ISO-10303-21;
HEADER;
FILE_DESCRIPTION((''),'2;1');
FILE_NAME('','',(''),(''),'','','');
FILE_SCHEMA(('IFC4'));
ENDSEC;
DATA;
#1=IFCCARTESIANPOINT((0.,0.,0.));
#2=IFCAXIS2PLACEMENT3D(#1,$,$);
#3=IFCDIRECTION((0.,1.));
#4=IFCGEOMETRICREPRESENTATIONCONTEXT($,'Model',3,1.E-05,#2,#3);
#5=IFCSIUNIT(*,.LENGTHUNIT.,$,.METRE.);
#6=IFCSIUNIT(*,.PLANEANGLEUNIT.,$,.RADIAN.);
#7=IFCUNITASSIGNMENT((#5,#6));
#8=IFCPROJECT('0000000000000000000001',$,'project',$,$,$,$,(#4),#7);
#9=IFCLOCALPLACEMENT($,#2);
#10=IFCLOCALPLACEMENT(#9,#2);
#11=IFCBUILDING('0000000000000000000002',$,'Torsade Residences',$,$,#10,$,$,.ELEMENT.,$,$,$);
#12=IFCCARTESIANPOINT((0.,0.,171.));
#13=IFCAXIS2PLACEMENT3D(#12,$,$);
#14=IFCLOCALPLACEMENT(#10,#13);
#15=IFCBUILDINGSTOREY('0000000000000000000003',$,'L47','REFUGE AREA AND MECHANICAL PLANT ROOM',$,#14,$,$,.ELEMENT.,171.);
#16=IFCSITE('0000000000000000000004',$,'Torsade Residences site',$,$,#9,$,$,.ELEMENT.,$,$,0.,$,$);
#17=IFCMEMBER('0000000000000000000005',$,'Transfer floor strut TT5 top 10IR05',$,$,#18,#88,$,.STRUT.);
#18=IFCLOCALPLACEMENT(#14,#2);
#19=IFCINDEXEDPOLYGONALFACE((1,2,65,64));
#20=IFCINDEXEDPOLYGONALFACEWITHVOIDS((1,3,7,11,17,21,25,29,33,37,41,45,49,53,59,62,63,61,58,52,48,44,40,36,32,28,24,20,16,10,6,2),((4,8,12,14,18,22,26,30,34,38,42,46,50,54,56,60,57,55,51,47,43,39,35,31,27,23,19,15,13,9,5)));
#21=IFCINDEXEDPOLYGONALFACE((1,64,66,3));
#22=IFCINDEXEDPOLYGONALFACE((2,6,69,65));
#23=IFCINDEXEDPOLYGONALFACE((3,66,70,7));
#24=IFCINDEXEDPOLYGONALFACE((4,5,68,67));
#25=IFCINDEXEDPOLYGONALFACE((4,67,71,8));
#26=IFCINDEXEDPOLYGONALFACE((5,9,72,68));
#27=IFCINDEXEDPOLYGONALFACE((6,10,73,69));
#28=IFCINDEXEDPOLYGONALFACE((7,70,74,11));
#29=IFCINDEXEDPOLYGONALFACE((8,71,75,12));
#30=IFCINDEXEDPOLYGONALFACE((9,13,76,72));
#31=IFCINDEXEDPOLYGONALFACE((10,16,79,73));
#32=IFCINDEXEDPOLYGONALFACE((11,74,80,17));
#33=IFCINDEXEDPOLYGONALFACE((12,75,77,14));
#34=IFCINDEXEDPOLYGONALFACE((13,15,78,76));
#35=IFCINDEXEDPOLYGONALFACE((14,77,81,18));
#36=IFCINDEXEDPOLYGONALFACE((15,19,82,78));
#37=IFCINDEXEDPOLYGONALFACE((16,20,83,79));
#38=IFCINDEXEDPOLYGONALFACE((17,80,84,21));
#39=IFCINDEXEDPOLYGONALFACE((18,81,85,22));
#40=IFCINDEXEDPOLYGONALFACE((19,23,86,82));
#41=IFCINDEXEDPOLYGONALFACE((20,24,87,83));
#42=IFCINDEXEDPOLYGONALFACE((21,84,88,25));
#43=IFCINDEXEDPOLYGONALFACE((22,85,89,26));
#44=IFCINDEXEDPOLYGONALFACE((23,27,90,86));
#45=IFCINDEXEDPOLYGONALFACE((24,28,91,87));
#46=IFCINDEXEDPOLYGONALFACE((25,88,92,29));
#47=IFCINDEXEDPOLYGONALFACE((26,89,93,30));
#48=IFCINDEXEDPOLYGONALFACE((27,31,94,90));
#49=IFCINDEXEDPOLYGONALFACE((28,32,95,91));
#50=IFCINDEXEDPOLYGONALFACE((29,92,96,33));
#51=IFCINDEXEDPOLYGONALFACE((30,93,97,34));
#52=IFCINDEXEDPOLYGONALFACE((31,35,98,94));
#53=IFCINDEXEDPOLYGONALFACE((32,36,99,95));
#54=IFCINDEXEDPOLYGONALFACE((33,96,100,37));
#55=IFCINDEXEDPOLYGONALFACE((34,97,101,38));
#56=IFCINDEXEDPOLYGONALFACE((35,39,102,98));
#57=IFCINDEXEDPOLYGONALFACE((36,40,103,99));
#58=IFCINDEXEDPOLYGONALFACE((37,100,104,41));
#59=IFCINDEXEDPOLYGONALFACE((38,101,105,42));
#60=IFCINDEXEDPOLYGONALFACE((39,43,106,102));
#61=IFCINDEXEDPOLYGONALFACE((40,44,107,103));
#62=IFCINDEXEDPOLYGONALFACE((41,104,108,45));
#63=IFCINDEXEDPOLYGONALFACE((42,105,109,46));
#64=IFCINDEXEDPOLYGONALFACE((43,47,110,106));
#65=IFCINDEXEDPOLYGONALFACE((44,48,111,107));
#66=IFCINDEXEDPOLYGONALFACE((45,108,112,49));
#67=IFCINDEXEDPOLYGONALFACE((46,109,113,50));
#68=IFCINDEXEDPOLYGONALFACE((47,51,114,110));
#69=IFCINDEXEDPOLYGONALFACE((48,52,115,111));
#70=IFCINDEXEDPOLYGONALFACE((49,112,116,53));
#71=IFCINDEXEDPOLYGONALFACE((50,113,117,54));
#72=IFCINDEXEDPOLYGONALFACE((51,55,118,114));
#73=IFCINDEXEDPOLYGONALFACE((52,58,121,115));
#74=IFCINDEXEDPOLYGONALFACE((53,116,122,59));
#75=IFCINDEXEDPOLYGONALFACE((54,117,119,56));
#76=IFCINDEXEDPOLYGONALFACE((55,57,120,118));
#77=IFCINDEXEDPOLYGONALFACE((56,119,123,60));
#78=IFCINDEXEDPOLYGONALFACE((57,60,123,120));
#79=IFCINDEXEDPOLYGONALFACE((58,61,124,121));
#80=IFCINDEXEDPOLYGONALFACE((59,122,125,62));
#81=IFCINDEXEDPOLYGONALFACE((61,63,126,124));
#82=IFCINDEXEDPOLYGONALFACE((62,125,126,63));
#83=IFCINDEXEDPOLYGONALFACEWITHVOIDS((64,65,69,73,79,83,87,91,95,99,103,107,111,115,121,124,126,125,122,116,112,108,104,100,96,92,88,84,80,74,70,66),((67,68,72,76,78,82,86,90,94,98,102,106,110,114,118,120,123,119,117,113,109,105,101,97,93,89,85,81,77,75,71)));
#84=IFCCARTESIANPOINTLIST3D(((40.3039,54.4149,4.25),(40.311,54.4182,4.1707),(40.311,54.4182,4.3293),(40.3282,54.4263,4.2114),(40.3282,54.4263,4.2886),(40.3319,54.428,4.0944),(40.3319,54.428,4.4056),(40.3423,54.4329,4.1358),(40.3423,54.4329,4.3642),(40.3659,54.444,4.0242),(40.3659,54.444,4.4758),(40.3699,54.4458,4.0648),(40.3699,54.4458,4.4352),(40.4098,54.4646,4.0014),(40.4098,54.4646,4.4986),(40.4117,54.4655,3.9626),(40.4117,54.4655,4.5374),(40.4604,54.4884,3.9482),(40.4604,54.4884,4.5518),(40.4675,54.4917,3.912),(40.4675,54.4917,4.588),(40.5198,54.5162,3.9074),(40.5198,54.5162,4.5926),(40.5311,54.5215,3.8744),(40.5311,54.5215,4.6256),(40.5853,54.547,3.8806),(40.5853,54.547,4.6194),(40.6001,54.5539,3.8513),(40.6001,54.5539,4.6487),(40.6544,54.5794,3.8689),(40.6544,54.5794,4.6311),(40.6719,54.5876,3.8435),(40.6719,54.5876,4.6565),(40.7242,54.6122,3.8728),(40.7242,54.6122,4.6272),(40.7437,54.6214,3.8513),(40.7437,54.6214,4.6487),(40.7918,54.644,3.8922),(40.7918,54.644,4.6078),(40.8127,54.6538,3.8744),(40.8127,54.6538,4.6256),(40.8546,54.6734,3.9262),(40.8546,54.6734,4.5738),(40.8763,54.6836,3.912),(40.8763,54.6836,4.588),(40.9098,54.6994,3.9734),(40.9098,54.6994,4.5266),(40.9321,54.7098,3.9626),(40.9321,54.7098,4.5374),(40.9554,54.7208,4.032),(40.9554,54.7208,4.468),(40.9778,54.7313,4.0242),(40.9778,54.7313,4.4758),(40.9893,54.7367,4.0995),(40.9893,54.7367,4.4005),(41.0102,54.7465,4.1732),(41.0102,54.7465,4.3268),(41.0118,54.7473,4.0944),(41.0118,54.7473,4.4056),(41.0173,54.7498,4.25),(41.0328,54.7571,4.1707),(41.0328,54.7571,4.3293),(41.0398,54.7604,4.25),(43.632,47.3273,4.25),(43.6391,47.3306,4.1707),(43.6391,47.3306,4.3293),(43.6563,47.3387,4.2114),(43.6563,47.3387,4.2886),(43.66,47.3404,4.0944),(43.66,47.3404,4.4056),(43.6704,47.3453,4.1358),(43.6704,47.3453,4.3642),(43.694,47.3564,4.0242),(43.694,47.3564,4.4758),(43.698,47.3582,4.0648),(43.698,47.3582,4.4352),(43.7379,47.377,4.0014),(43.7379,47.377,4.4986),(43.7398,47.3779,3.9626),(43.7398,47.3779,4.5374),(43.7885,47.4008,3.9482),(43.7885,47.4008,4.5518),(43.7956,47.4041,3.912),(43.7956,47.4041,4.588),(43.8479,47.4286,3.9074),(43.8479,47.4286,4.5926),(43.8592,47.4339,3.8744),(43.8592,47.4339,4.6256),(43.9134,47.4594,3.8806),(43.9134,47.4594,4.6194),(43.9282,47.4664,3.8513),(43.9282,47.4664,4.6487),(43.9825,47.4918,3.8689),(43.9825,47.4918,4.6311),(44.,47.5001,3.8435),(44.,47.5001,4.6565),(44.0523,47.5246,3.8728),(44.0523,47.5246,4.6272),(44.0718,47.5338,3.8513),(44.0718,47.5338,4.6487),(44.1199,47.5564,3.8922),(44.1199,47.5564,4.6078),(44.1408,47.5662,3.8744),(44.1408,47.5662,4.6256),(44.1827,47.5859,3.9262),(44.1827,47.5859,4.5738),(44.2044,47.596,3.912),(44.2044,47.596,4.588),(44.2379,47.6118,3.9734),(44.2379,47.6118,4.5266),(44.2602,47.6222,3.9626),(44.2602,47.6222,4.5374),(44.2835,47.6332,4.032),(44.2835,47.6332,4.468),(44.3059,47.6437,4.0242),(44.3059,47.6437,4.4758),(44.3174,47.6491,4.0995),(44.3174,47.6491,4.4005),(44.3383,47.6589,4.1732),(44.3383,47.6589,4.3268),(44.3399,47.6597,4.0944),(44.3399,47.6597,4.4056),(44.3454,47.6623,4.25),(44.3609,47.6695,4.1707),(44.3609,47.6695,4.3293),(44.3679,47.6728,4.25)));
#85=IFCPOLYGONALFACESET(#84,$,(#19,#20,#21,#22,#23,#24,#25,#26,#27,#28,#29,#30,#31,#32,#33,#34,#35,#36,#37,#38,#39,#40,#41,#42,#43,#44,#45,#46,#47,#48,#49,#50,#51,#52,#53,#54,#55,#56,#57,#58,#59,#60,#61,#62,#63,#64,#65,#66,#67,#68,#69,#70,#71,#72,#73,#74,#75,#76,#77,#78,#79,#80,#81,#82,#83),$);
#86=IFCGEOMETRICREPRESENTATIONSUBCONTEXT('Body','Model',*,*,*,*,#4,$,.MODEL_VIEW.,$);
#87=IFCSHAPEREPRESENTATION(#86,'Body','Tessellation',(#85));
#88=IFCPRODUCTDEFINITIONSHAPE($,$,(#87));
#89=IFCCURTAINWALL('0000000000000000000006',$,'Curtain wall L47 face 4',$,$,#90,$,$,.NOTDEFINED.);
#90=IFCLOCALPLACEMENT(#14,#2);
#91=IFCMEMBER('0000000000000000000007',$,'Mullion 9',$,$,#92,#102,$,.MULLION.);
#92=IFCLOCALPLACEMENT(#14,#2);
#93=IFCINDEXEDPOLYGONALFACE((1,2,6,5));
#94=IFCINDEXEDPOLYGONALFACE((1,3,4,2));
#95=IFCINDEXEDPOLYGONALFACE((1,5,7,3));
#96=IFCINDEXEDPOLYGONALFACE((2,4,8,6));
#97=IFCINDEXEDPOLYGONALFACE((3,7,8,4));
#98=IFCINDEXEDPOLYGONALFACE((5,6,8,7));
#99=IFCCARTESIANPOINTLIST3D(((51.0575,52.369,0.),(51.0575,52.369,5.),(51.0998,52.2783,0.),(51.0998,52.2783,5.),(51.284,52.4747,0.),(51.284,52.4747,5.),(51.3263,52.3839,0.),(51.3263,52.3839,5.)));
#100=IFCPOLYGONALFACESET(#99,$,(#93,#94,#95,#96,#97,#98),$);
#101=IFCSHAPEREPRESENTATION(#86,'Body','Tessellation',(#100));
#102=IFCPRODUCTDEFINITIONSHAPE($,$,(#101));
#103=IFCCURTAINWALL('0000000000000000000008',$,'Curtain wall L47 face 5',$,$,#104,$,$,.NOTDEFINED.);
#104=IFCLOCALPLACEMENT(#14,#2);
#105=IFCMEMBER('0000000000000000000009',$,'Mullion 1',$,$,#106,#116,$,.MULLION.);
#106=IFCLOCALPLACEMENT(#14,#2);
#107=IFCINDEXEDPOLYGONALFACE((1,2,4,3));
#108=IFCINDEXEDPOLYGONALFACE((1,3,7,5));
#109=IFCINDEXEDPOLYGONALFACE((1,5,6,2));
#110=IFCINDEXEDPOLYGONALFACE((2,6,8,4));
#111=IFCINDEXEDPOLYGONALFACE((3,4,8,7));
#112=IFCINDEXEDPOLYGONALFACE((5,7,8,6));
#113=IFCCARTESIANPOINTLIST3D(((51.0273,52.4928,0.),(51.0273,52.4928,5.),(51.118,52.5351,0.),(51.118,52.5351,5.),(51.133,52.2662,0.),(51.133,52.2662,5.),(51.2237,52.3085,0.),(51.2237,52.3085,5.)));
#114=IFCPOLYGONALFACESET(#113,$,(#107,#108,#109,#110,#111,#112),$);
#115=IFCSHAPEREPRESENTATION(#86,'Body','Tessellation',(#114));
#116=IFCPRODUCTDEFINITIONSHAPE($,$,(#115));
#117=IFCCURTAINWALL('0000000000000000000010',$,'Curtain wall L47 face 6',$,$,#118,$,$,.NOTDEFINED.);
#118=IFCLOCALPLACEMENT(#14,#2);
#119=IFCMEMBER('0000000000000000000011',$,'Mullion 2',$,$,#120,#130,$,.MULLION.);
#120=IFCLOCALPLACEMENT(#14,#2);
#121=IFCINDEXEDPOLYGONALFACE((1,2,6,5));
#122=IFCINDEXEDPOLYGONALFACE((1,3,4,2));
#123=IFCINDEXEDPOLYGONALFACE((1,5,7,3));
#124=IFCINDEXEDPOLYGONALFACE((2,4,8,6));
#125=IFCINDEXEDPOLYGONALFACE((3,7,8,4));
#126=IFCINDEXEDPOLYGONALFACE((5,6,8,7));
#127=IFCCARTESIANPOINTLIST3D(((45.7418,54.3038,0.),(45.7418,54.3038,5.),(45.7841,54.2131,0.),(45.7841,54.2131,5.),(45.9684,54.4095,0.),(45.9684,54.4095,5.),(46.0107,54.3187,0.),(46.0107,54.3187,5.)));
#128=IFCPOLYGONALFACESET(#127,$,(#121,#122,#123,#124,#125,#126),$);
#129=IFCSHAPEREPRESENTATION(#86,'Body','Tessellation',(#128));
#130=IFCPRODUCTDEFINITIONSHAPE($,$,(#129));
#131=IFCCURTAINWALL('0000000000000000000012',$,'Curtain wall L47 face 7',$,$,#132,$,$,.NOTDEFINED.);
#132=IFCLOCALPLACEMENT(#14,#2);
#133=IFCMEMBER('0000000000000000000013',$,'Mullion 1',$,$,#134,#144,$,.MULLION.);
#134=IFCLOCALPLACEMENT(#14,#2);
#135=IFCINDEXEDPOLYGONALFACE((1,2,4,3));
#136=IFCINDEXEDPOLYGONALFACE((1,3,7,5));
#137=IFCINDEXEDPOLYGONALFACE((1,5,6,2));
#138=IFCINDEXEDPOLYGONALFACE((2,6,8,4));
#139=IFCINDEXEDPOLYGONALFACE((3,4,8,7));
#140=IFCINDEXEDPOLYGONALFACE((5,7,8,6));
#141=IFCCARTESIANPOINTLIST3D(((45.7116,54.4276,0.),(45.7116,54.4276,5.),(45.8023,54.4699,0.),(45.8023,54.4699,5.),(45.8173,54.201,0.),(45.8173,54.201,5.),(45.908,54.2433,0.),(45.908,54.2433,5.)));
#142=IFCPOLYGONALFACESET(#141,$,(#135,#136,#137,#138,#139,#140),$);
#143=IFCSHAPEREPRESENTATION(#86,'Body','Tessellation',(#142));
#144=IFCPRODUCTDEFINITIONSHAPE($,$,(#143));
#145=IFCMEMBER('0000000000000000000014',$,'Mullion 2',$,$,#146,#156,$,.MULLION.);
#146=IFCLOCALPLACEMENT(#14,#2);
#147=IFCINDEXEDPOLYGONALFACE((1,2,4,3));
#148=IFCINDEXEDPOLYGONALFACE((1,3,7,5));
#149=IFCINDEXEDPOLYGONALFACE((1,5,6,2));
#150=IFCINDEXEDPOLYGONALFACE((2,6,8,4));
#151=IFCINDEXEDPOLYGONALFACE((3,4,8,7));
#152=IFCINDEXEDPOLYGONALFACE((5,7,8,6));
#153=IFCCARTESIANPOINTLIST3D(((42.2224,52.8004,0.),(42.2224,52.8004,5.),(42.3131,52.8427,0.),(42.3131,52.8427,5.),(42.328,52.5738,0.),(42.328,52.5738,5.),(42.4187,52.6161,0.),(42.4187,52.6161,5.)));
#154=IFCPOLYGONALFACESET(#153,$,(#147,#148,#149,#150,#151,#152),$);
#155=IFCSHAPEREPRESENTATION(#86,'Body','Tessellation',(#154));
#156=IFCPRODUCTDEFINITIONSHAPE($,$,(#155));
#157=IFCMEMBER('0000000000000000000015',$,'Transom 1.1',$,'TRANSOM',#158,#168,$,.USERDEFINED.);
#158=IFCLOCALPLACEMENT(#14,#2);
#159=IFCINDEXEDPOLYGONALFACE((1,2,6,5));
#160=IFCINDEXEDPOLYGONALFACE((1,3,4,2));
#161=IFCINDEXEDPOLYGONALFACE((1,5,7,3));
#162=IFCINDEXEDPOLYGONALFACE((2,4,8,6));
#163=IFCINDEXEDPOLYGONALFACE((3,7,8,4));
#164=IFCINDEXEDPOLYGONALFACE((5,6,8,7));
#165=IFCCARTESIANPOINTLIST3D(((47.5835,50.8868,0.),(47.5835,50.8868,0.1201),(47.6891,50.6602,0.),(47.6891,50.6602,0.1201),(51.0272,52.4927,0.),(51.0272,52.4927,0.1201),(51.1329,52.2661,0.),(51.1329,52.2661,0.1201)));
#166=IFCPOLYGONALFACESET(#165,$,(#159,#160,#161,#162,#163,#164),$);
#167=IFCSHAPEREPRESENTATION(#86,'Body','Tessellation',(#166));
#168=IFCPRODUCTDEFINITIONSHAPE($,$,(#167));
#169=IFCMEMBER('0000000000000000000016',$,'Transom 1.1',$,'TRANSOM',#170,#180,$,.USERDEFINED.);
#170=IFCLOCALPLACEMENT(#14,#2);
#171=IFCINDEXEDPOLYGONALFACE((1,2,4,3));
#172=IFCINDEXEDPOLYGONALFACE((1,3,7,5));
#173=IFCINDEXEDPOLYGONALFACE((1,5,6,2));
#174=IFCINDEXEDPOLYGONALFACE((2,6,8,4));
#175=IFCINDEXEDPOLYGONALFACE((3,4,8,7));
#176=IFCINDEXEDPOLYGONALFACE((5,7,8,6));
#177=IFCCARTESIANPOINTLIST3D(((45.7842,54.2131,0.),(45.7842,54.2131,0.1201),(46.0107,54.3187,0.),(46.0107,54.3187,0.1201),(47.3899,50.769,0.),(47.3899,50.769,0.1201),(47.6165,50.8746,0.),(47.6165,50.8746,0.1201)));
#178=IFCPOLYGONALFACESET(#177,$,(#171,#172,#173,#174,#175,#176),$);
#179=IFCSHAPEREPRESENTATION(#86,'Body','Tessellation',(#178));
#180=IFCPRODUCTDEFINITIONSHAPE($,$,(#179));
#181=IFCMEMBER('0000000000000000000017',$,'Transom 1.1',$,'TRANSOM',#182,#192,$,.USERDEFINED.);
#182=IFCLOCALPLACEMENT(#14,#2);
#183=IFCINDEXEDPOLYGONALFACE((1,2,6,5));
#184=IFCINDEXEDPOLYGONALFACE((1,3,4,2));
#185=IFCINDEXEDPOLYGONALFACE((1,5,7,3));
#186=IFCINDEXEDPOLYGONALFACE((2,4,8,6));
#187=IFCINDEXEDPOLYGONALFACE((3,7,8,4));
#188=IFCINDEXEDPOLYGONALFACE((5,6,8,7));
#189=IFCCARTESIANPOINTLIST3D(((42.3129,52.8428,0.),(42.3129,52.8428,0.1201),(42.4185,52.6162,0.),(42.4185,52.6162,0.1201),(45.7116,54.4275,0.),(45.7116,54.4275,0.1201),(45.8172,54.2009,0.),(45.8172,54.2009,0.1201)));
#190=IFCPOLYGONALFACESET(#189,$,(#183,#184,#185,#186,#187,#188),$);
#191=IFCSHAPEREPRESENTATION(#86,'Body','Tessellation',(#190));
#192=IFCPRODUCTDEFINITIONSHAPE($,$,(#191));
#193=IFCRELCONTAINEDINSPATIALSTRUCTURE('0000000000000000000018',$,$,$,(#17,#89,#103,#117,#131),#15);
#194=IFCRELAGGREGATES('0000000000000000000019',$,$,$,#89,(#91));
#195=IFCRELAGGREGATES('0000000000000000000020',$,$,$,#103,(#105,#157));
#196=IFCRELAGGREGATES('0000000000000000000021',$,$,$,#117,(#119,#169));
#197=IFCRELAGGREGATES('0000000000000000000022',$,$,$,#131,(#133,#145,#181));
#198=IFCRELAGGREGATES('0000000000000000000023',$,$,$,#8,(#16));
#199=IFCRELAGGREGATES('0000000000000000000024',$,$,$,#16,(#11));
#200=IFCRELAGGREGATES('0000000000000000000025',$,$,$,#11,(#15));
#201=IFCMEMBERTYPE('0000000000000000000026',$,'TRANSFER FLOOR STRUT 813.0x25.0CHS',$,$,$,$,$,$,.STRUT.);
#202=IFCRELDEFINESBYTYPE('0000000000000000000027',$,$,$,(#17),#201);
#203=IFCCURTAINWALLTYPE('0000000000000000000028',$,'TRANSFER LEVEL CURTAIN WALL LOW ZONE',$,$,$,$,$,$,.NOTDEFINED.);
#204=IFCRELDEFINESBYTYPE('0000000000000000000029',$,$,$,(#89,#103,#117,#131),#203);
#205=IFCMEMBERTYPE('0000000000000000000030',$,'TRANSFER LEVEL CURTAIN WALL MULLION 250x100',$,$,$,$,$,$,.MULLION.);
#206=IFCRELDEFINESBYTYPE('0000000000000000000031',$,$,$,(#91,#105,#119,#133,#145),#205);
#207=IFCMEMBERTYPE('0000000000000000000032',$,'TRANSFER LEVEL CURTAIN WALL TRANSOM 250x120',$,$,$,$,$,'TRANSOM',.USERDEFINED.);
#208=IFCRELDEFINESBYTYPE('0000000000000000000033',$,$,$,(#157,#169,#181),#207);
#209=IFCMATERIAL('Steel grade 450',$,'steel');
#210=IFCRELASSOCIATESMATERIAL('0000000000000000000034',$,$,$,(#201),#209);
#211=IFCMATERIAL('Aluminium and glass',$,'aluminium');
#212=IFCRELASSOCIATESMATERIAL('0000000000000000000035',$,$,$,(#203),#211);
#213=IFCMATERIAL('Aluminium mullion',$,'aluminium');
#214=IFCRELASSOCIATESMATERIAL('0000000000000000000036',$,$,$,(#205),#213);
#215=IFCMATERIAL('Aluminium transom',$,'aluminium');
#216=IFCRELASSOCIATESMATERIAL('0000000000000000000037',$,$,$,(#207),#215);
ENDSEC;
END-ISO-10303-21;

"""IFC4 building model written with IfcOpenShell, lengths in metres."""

from ifc_helpers import new_model, si_unit, direction, frame, origin, origin_2d, place, context, subcontext, project, spatial, rectangle, hollow_circle, extrude, material, material_profile, profile_set, type_object, element, aggregate, save


model = new_model("IFC4")

# Units and contexts
model_context = context("Model", 3, precision=1e-05, world=origin(), true_north=direction((0.0, 1.0)))
body_context = subcontext(model_context, "Body", "Model", "MODEL_VIEW")
ifc_project = project(units=[si_unit("LENGTHUNIT", "METRE"), si_unit("PLANEANGLEUNIT", "RADIAN")], contexts=[model_context])

# Site, building, storey
site_placement = place(None, origin())
site = spatial("IfcSite", under=ifc_project, at=site_placement, Name="Torsade Residences site", CompositionType="ELEMENT", RefElevation=0.0)
building_placement = place(site_placement, origin())
building = spatial("IfcBuilding", under=site, at=building_placement, Name="Torsade Residences", CompositionType="ELEMENT")
storey_placement = place(building_placement, frame((0.0, 0.0, 171.0)))
storey = spatial("IfcBuildingStorey", under=building, at=storey_placement, Name="L47", Description="REFUGE AREA AND MECHANICAL PLANT ROOM", CompositionType="ELEMENT", Elevation=171.0)

# Member
ifc_material_1 = material(Name="Steel grade 450", Category="steel")
ifc_material_profile_1 = material_profile(ifc_material_1, hollow_circle(Radius=0.4065, WallThickness=0.0249, at=origin_2d()), Name="813.0x25.0CHS")
ifc_profile_set_1 = profile_set([ifc_material_profile_1], Name="Steel grade 450")
member_type_1 = type_object("IfcMemberType", Name="TRANSFER FLOOR STRUT 813.0x25.0CHS", PredefinedType="STRUT", material=ifc_profile_set_1)
member_1_placement = place(storey_placement, frame((40.6719, 54.5876, 4.25), z_axis=(0.42504, -0.905175, 0.0), x_axis=(0.905175, 0.42504, 0.0)))
element("IfcMember", 1, at=member_1_placement, inside=storey, type_object=member_type_1, Name="Transfer floor strut TT5 top 10IR05", PredefinedType="STRUT", context=body_context, shape_type="SweptSolid", body=[
    extrude(hollow_circle(Radius=0.4065, WallThickness=0.0249, at=origin_2d()), origin(), (0.0, 0.0, 1.0), 7.8301),
])

# Curtain walls, members
ifc_material_2 = material(Name="Aluminium and glass", Category="aluminium")
curtain_wall_type = type_object("IfcCurtainWallType", Name="TRANSFER LEVEL CURTAIN WALL LOW ZONE", PredefinedType="NOTDEFINED", material=ifc_material_2)
curtain_wall_1_placement = place(storey_placement, origin())
curtain_wall_1 = element("IfcCurtainWall", 2, at=curtain_wall_1_placement, inside=storey, type_object=curtain_wall_type, Name="Curtain wall L47 face 4", PredefinedType="NOTDEFINED")
ifc_material_3 = material(Name="Aluminium mullion", Category="aluminium")
ifc_material_profile_2 = material_profile(ifc_material_3, rectangle(XDim=0.25, YDim=0.1001, at=origin_2d()), Name="TRANSFER LEVEL CURTAIN WALL MULLION 250x100")
ifc_profile_set_2 = profile_set([ifc_material_profile_2], Name="Aluminium mullion")
member_type_2 = type_object("IfcMemberType", Name="TRANSFER LEVEL CURTAIN WALL MULLION 250x100", PredefinedType="MULLION", material=ifc_profile_set_2)
member_2_placement = place(storey_placement, frame((51.1919, 52.3765, 0.0), z_axis=(0.0, 0.0, 1.0), x_axis=(-0.906308, -0.422618, 0.0)))
member_2 = element("IfcMember", 3, at=member_2_placement, type_object=member_type_2, Name="Mullion 9", PredefinedType="MULLION", context=body_context, shape_type="SweptSolid", body=[
    extrude(rectangle(XDim=0.25, YDim=0.1001, at=origin_2d()), origin(), (0.0, 0.0, 1.0), 5.0),
])
aggregate(curtain_wall_1, [member_2])
curtain_wall_2_placement = place(storey_placement, origin())
curtain_wall_2 = element("IfcCurtainWall", 4, at=curtain_wall_2_placement, inside=storey, type_object=curtain_wall_type, Name="Curtain wall L47 face 5", PredefinedType="NOTDEFINED")
member_3_placement = place(storey_placement, frame((51.1255, 52.4006, 0.0), z_axis=(0.0, 0.0, 1.0), x_axis=(0.422618, -0.906308, 0.0)))
member_3 = element("IfcMember", 5, at=member_3_placement, type_object=member_type_2, Name="Mullion 1", PredefinedType="MULLION", context=body_context, shape_type="SweptSolid", body=[
    extrude(rectangle(XDim=0.25, YDim=0.1001, at=origin_2d()), origin(), (0.0, 0.0, 1.0), 5.0),
])
curtain_wall_3_placement = place(storey_placement, origin())
curtain_wall_3 = element("IfcCurtainWall", 6, at=curtain_wall_3_placement, inside=storey, type_object=curtain_wall_type, Name="Curtain wall L47 face 6", PredefinedType="NOTDEFINED")
member_4_placement = place(storey_placement, frame((45.8762, 54.3113, 0.0), z_axis=(0.0, 0.0, 1.0), x_axis=(-0.906308, -0.422618, 0.0)))
member_4 = element("IfcMember", 7, at=member_4_placement, type_object=member_type_2, Name="Mullion 2", PredefinedType="MULLION", context=body_context, shape_type="SweptSolid", body=[
    extrude(rectangle(XDim=0.25, YDim=0.1001, at=origin_2d()), origin(), (0.0, 0.0, 1.0), 5.0),
])

# Curtain wall, members
curtain_wall_4_placement = place(storey_placement, origin())
curtain_wall_4 = element("IfcCurtainWall", 8, at=curtain_wall_4_placement, inside=storey, type_object=curtain_wall_type, Name="Curtain wall L47 face 7", PredefinedType="NOTDEFINED")
member_5_placement = place(storey_placement, frame((45.8098, 54.3354, 0.0), z_axis=(0.0, 0.0, 1.0), x_axis=(0.422618, -0.906308, 0.0)))
member_5 = element("IfcMember", 9, at=member_5_placement, type_object=member_type_2, Name="Mullion 1", PredefinedType="MULLION", context=body_context, shape_type="SweptSolid", body=[
    extrude(rectangle(XDim=0.25, YDim=0.1001, at=origin_2d()), origin(), (0.0, 0.0, 1.0), 5.0),
])
member_6_placement = place(storey_placement, frame((42.3206, 52.7083, 0.0), z_axis=(0.0, 0.0, 1.0), x_axis=(0.422618, -0.906308, 0.0)))
member_6 = element("IfcMember", 10, at=member_6_placement, type_object=member_type_2, Name="Mullion 2", PredefinedType="MULLION", context=body_context, shape_type="SweptSolid", body=[
    extrude(rectangle(XDim=0.25, YDim=0.1001, at=origin_2d()), origin(), (0.0, 0.0, 1.0), 5.0),
])

# Members
ifc_material_4 = material(Name="Aluminium transom", Category="aluminium")
ifc_material_profile_3 = material_profile(ifc_material_4, rectangle(XDim=0.25, YDim=0.1201, at=origin_2d()), Name="TRANSFER LEVEL CURTAIN WALL TRANSOM 250x120")
ifc_profile_set_3 = profile_set([ifc_material_profile_3], Name="Aluminium transom")
member_type_3 = type_object("IfcMemberType", Name="TRANSFER LEVEL CURTAIN WALL TRANSOM 250x120", ElementType="TRANSOM", PredefinedType="USERDEFINED", material=ifc_profile_set_3)
member_7_placement = place(storey_placement, frame((51.0801, 52.3794, 0.0601), z_axis=(-0.906301, -0.422632, 0.0), x_axis=(0.422632, -0.906301, 0.0)))
member_7 = element("IfcMember", 11, at=member_7_placement, type_object=member_type_3, Name="Transom 1.1", ObjectType="TRANSOM", PredefinedType="USERDEFINED", context=body_context, shape_type="SweptSolid", body=[
    extrude(rectangle(XDim=0.25, YDim=0.1201, at=origin_2d()), origin(), (0.0, 0.0, 1.0), 3.7998),
])
member_8_placement = place(storey_placement, frame((47.5032, 50.8218, 0.0601), z_axis=(-0.422555, 0.906337, 0.0), x_axis=(-0.906337, -0.422555, 0.0)))
member_8 = element("IfcMember", 12, at=member_8_placement, type_object=member_type_3, Name="Transom 1.1", ObjectType="TRANSOM", PredefinedType="USERDEFINED", context=body_context, shape_type="SweptSolid", body=[
    extrude(rectangle(XDim=0.25, YDim=0.1201, at=origin_2d()), origin(), (0.0, 0.0, 1.0), 3.8),
])
member_9_placement = place(storey_placement, frame((45.7644, 54.3142, 0.0601), z_axis=(-0.906319, -0.422593, 0.0), x_axis=(0.422593, -0.906319, 0.0)))
member_9 = element("IfcMember", 13, at=member_9_placement, type_object=member_type_3, Name="Transom 1.1", ObjectType="TRANSOM", PredefinedType="USERDEFINED", context=body_context, shape_type="SweptSolid", body=[
    extrude(rectangle(XDim=0.25, YDim=0.1201, at=origin_2d()), origin(), (0.0, 0.0, 1.0), 3.75),
])

aggregate(curtain_wall_2, [member_3, member_7])
aggregate(curtain_wall_3, [member_4, member_8])
aggregate(curtain_wall_4, [member_5, member_6, member_9])

save(model, "model.ifc")
